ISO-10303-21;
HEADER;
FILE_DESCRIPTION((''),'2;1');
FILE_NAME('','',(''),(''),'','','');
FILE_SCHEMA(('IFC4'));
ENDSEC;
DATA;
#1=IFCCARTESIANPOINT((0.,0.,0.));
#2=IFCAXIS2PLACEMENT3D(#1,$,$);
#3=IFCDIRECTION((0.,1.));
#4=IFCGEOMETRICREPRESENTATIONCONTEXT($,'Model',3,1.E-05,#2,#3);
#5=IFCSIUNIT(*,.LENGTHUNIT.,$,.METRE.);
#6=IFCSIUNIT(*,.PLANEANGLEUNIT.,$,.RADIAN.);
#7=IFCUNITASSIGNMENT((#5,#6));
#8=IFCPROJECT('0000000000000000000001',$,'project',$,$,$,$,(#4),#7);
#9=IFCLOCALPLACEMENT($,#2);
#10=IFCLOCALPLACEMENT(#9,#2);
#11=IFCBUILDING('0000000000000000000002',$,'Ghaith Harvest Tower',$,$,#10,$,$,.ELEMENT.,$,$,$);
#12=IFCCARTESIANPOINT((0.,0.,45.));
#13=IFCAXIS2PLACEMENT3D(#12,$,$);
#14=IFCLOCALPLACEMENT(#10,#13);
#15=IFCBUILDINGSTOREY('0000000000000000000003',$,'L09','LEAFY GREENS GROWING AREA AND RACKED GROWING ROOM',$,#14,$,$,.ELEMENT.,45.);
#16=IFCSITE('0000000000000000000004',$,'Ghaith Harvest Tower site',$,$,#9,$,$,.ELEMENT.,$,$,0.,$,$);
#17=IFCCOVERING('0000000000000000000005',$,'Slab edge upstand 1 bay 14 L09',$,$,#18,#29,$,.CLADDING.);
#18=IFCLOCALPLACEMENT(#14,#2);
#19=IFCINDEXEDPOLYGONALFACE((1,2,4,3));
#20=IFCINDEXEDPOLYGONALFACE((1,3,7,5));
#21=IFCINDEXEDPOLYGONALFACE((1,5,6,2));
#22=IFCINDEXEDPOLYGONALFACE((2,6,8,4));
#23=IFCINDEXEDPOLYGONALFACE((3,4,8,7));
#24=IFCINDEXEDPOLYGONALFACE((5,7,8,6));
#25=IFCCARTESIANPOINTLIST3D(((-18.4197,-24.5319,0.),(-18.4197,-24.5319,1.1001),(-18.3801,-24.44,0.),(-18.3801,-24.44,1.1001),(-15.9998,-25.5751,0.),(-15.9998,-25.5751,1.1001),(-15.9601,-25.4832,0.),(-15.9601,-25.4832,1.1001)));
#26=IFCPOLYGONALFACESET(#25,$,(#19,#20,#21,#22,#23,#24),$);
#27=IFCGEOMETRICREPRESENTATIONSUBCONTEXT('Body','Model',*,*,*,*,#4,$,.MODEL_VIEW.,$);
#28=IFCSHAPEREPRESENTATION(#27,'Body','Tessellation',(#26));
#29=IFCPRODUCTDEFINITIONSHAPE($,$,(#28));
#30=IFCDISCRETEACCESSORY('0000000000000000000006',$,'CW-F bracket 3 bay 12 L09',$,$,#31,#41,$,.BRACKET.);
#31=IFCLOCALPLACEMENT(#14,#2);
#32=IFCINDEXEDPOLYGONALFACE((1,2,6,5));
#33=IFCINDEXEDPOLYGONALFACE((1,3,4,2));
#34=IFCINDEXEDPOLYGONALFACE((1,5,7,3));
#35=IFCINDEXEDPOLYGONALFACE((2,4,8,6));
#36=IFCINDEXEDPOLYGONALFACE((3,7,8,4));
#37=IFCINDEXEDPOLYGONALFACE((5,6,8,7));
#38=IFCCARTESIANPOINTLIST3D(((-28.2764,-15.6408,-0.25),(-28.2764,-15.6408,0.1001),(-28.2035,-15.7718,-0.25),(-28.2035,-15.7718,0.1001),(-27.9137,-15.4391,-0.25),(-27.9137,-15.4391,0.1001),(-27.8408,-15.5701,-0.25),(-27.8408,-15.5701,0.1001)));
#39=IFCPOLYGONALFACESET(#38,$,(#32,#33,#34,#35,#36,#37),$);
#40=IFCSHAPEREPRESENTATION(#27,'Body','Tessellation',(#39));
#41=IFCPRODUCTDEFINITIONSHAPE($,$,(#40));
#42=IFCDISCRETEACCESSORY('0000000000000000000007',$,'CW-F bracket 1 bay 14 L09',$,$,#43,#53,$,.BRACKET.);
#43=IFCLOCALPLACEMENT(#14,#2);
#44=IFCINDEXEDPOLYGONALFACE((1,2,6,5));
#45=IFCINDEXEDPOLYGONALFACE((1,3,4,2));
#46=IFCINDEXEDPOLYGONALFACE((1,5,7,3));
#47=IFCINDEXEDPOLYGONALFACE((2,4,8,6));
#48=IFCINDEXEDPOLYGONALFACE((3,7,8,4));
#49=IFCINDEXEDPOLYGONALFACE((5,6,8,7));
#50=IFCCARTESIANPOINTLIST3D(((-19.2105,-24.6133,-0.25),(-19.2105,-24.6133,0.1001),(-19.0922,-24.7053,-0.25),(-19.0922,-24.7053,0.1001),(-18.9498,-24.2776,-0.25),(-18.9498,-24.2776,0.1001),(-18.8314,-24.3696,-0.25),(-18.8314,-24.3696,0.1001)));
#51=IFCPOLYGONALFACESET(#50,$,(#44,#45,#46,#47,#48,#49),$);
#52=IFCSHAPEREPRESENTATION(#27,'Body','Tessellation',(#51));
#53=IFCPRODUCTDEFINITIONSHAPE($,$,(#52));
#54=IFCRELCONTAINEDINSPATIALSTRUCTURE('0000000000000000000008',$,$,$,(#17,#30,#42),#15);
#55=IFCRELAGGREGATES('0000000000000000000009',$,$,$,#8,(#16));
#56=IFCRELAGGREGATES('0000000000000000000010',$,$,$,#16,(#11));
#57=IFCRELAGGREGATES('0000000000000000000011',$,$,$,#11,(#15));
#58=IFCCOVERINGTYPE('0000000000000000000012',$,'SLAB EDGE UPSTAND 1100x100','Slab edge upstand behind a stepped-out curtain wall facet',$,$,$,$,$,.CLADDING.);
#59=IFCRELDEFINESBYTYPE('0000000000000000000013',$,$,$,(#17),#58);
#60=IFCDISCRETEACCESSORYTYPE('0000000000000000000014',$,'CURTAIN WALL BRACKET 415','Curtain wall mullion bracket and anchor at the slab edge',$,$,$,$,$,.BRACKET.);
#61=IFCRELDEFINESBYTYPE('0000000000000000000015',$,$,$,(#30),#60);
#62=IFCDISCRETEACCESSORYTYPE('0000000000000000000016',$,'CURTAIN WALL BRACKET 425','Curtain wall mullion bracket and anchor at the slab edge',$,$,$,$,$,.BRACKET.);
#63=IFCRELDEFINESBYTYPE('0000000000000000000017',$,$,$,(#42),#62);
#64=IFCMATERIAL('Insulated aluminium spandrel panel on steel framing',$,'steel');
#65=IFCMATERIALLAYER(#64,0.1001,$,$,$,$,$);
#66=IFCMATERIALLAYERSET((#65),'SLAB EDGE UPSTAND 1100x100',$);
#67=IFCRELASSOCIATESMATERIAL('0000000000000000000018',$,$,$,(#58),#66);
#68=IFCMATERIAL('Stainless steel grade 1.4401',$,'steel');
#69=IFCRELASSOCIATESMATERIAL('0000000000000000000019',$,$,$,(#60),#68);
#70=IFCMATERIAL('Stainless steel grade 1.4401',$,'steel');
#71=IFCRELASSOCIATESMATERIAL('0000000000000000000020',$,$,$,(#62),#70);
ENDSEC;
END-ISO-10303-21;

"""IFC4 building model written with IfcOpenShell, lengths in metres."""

from ifc_helpers import new_model, si_unit, direction, frame, origin, origin_2d, place, context, subcontext, project, spatial, rectangle, extrude, material, layer, layer_set, type_object, element, save


model = new_model("IFC4")

# Units and contexts
model_context = context("Model", 3, precision=1e-05, world=origin(), true_north=direction((0.0, 1.0)))
body_context = subcontext(model_context, "Body", "Model", "MODEL_VIEW")
ifc_project = project(units=[si_unit("LENGTHUNIT", "METRE"), si_unit("PLANEANGLEUNIT", "RADIAN")], contexts=[model_context])

# Site, building, storey
site_placement = place(None, origin())
site = spatial("IfcSite", under=ifc_project, at=site_placement, Name="Ghaith Harvest Tower site", CompositionType="ELEMENT", RefElevation=0.0)
building_placement = place(site_placement, origin())
building = spatial("IfcBuilding", under=site, at=building_placement, Name="Ghaith Harvest Tower", CompositionType="ELEMENT")
storey_placement = place(building_placement, frame((0.0, 0.0, 45.0)))
storey = spatial("IfcBuildingStorey", under=building, at=storey_placement, Name="L09", Description="LEAFY GREENS GROWING AREA AND RACKED GROWING ROOM", CompositionType="ELEMENT", Elevation=45.0)

# Covering
ifc_material_1 = material(Name="Insulated aluminium spandrel panel on steel framing", Category="steel")
ifc_layer_1 = layer(ifc_material_1, 0.1001)
ifc_layer_set_1 = layer_set([ifc_layer_1], Name="SLAB EDGE UPSTAND 1100x100")
covering_type = type_object("IfcCoveringType", Name="SLAB EDGE UPSTAND 1100x100", Description="Slab edge upstand behind a stepped-out curtain wall facet", PredefinedType="CLADDING", material=ifc_layer_set_1)
covering_1_placement = place(storey_placement, frame((-17.1899, -25.0076, 0.0), z_axis=(0.0, 0.0, 1.0), x_axis=(0.918307, -0.395869, 0.0)))
element("IfcCovering", 1, at=covering_1_placement, inside=storey, type_object=covering_type, Name="Slab edge upstand 1 bay 14 L09", PredefinedType="CLADDING", context=body_context, shape_type="SweptSolid", body=[
    extrude(rectangle(XDim=2.6353, YDim=0.1001, at=origin_2d()), origin(), (0.0, 0.0, 1.0), 1.1001),
])

# Discrete accessories
ifc_material_2 = material(Name="Stainless steel grade 1.4401", Category="steel")
discrete_accessory_type_1 = type_object("IfcDiscreteAccessoryType", Name="CURTAIN WALL BRACKET 415", Description="Curtain wall mullion bracket and anchor at the slab edge", PredefinedType="BRACKET", material=ifc_material_2)
discrete_accessory_1_placement = place(storey_placement, frame((-28.0586, -15.6055, -0.25), z_axis=(0.0, 0.0, 1.0), x_axis=(-0.873927, -0.486057, 0.0)))
element("IfcDiscreteAccessory", 2, at=discrete_accessory_1_placement, inside=storey, type_object=discrete_accessory_type_1, Name="CW-F bracket 3 bay 12 L09", PredefinedType="BRACKET", context=body_context, shape_type="SweptSolid", body=[
    extrude(rectangle(XDim=0.415, YDim=0.1499, at=origin_2d()), origin(), (0.0, 0.0, 1.0), 0.3501),
])
ifc_material_3 = material(Name="Stainless steel grade 1.4401", Category="steel")
discrete_accessory_type_2 = type_object("IfcDiscreteAccessoryType", Name="CURTAIN WALL BRACKET 425", Description="Curtain wall mullion bracket and anchor at the slab edge", PredefinedType="BRACKET", material=ifc_material_3)
discrete_accessory_2_placement = place(storey_placement, frame((-19.021, -24.4915, -0.25), z_axis=(0.0, 0.0, 1.0), x_axis=(-0.613378, -0.78979, 0.0)))
element("IfcDiscreteAccessory", 3, at=discrete_accessory_2_placement, inside=storey, type_object=discrete_accessory_type_2, Name="CW-F bracket 1 bay 14 L09", PredefinedType="BRACKET", context=body_context, shape_type="SweptSolid", body=[
    extrude(rectangle(XDim=0.425, YDim=0.1499, at=origin_2d()), origin(), (0.0, 0.0, 1.0), 0.3501),
])

save(model, "model.ifc")
